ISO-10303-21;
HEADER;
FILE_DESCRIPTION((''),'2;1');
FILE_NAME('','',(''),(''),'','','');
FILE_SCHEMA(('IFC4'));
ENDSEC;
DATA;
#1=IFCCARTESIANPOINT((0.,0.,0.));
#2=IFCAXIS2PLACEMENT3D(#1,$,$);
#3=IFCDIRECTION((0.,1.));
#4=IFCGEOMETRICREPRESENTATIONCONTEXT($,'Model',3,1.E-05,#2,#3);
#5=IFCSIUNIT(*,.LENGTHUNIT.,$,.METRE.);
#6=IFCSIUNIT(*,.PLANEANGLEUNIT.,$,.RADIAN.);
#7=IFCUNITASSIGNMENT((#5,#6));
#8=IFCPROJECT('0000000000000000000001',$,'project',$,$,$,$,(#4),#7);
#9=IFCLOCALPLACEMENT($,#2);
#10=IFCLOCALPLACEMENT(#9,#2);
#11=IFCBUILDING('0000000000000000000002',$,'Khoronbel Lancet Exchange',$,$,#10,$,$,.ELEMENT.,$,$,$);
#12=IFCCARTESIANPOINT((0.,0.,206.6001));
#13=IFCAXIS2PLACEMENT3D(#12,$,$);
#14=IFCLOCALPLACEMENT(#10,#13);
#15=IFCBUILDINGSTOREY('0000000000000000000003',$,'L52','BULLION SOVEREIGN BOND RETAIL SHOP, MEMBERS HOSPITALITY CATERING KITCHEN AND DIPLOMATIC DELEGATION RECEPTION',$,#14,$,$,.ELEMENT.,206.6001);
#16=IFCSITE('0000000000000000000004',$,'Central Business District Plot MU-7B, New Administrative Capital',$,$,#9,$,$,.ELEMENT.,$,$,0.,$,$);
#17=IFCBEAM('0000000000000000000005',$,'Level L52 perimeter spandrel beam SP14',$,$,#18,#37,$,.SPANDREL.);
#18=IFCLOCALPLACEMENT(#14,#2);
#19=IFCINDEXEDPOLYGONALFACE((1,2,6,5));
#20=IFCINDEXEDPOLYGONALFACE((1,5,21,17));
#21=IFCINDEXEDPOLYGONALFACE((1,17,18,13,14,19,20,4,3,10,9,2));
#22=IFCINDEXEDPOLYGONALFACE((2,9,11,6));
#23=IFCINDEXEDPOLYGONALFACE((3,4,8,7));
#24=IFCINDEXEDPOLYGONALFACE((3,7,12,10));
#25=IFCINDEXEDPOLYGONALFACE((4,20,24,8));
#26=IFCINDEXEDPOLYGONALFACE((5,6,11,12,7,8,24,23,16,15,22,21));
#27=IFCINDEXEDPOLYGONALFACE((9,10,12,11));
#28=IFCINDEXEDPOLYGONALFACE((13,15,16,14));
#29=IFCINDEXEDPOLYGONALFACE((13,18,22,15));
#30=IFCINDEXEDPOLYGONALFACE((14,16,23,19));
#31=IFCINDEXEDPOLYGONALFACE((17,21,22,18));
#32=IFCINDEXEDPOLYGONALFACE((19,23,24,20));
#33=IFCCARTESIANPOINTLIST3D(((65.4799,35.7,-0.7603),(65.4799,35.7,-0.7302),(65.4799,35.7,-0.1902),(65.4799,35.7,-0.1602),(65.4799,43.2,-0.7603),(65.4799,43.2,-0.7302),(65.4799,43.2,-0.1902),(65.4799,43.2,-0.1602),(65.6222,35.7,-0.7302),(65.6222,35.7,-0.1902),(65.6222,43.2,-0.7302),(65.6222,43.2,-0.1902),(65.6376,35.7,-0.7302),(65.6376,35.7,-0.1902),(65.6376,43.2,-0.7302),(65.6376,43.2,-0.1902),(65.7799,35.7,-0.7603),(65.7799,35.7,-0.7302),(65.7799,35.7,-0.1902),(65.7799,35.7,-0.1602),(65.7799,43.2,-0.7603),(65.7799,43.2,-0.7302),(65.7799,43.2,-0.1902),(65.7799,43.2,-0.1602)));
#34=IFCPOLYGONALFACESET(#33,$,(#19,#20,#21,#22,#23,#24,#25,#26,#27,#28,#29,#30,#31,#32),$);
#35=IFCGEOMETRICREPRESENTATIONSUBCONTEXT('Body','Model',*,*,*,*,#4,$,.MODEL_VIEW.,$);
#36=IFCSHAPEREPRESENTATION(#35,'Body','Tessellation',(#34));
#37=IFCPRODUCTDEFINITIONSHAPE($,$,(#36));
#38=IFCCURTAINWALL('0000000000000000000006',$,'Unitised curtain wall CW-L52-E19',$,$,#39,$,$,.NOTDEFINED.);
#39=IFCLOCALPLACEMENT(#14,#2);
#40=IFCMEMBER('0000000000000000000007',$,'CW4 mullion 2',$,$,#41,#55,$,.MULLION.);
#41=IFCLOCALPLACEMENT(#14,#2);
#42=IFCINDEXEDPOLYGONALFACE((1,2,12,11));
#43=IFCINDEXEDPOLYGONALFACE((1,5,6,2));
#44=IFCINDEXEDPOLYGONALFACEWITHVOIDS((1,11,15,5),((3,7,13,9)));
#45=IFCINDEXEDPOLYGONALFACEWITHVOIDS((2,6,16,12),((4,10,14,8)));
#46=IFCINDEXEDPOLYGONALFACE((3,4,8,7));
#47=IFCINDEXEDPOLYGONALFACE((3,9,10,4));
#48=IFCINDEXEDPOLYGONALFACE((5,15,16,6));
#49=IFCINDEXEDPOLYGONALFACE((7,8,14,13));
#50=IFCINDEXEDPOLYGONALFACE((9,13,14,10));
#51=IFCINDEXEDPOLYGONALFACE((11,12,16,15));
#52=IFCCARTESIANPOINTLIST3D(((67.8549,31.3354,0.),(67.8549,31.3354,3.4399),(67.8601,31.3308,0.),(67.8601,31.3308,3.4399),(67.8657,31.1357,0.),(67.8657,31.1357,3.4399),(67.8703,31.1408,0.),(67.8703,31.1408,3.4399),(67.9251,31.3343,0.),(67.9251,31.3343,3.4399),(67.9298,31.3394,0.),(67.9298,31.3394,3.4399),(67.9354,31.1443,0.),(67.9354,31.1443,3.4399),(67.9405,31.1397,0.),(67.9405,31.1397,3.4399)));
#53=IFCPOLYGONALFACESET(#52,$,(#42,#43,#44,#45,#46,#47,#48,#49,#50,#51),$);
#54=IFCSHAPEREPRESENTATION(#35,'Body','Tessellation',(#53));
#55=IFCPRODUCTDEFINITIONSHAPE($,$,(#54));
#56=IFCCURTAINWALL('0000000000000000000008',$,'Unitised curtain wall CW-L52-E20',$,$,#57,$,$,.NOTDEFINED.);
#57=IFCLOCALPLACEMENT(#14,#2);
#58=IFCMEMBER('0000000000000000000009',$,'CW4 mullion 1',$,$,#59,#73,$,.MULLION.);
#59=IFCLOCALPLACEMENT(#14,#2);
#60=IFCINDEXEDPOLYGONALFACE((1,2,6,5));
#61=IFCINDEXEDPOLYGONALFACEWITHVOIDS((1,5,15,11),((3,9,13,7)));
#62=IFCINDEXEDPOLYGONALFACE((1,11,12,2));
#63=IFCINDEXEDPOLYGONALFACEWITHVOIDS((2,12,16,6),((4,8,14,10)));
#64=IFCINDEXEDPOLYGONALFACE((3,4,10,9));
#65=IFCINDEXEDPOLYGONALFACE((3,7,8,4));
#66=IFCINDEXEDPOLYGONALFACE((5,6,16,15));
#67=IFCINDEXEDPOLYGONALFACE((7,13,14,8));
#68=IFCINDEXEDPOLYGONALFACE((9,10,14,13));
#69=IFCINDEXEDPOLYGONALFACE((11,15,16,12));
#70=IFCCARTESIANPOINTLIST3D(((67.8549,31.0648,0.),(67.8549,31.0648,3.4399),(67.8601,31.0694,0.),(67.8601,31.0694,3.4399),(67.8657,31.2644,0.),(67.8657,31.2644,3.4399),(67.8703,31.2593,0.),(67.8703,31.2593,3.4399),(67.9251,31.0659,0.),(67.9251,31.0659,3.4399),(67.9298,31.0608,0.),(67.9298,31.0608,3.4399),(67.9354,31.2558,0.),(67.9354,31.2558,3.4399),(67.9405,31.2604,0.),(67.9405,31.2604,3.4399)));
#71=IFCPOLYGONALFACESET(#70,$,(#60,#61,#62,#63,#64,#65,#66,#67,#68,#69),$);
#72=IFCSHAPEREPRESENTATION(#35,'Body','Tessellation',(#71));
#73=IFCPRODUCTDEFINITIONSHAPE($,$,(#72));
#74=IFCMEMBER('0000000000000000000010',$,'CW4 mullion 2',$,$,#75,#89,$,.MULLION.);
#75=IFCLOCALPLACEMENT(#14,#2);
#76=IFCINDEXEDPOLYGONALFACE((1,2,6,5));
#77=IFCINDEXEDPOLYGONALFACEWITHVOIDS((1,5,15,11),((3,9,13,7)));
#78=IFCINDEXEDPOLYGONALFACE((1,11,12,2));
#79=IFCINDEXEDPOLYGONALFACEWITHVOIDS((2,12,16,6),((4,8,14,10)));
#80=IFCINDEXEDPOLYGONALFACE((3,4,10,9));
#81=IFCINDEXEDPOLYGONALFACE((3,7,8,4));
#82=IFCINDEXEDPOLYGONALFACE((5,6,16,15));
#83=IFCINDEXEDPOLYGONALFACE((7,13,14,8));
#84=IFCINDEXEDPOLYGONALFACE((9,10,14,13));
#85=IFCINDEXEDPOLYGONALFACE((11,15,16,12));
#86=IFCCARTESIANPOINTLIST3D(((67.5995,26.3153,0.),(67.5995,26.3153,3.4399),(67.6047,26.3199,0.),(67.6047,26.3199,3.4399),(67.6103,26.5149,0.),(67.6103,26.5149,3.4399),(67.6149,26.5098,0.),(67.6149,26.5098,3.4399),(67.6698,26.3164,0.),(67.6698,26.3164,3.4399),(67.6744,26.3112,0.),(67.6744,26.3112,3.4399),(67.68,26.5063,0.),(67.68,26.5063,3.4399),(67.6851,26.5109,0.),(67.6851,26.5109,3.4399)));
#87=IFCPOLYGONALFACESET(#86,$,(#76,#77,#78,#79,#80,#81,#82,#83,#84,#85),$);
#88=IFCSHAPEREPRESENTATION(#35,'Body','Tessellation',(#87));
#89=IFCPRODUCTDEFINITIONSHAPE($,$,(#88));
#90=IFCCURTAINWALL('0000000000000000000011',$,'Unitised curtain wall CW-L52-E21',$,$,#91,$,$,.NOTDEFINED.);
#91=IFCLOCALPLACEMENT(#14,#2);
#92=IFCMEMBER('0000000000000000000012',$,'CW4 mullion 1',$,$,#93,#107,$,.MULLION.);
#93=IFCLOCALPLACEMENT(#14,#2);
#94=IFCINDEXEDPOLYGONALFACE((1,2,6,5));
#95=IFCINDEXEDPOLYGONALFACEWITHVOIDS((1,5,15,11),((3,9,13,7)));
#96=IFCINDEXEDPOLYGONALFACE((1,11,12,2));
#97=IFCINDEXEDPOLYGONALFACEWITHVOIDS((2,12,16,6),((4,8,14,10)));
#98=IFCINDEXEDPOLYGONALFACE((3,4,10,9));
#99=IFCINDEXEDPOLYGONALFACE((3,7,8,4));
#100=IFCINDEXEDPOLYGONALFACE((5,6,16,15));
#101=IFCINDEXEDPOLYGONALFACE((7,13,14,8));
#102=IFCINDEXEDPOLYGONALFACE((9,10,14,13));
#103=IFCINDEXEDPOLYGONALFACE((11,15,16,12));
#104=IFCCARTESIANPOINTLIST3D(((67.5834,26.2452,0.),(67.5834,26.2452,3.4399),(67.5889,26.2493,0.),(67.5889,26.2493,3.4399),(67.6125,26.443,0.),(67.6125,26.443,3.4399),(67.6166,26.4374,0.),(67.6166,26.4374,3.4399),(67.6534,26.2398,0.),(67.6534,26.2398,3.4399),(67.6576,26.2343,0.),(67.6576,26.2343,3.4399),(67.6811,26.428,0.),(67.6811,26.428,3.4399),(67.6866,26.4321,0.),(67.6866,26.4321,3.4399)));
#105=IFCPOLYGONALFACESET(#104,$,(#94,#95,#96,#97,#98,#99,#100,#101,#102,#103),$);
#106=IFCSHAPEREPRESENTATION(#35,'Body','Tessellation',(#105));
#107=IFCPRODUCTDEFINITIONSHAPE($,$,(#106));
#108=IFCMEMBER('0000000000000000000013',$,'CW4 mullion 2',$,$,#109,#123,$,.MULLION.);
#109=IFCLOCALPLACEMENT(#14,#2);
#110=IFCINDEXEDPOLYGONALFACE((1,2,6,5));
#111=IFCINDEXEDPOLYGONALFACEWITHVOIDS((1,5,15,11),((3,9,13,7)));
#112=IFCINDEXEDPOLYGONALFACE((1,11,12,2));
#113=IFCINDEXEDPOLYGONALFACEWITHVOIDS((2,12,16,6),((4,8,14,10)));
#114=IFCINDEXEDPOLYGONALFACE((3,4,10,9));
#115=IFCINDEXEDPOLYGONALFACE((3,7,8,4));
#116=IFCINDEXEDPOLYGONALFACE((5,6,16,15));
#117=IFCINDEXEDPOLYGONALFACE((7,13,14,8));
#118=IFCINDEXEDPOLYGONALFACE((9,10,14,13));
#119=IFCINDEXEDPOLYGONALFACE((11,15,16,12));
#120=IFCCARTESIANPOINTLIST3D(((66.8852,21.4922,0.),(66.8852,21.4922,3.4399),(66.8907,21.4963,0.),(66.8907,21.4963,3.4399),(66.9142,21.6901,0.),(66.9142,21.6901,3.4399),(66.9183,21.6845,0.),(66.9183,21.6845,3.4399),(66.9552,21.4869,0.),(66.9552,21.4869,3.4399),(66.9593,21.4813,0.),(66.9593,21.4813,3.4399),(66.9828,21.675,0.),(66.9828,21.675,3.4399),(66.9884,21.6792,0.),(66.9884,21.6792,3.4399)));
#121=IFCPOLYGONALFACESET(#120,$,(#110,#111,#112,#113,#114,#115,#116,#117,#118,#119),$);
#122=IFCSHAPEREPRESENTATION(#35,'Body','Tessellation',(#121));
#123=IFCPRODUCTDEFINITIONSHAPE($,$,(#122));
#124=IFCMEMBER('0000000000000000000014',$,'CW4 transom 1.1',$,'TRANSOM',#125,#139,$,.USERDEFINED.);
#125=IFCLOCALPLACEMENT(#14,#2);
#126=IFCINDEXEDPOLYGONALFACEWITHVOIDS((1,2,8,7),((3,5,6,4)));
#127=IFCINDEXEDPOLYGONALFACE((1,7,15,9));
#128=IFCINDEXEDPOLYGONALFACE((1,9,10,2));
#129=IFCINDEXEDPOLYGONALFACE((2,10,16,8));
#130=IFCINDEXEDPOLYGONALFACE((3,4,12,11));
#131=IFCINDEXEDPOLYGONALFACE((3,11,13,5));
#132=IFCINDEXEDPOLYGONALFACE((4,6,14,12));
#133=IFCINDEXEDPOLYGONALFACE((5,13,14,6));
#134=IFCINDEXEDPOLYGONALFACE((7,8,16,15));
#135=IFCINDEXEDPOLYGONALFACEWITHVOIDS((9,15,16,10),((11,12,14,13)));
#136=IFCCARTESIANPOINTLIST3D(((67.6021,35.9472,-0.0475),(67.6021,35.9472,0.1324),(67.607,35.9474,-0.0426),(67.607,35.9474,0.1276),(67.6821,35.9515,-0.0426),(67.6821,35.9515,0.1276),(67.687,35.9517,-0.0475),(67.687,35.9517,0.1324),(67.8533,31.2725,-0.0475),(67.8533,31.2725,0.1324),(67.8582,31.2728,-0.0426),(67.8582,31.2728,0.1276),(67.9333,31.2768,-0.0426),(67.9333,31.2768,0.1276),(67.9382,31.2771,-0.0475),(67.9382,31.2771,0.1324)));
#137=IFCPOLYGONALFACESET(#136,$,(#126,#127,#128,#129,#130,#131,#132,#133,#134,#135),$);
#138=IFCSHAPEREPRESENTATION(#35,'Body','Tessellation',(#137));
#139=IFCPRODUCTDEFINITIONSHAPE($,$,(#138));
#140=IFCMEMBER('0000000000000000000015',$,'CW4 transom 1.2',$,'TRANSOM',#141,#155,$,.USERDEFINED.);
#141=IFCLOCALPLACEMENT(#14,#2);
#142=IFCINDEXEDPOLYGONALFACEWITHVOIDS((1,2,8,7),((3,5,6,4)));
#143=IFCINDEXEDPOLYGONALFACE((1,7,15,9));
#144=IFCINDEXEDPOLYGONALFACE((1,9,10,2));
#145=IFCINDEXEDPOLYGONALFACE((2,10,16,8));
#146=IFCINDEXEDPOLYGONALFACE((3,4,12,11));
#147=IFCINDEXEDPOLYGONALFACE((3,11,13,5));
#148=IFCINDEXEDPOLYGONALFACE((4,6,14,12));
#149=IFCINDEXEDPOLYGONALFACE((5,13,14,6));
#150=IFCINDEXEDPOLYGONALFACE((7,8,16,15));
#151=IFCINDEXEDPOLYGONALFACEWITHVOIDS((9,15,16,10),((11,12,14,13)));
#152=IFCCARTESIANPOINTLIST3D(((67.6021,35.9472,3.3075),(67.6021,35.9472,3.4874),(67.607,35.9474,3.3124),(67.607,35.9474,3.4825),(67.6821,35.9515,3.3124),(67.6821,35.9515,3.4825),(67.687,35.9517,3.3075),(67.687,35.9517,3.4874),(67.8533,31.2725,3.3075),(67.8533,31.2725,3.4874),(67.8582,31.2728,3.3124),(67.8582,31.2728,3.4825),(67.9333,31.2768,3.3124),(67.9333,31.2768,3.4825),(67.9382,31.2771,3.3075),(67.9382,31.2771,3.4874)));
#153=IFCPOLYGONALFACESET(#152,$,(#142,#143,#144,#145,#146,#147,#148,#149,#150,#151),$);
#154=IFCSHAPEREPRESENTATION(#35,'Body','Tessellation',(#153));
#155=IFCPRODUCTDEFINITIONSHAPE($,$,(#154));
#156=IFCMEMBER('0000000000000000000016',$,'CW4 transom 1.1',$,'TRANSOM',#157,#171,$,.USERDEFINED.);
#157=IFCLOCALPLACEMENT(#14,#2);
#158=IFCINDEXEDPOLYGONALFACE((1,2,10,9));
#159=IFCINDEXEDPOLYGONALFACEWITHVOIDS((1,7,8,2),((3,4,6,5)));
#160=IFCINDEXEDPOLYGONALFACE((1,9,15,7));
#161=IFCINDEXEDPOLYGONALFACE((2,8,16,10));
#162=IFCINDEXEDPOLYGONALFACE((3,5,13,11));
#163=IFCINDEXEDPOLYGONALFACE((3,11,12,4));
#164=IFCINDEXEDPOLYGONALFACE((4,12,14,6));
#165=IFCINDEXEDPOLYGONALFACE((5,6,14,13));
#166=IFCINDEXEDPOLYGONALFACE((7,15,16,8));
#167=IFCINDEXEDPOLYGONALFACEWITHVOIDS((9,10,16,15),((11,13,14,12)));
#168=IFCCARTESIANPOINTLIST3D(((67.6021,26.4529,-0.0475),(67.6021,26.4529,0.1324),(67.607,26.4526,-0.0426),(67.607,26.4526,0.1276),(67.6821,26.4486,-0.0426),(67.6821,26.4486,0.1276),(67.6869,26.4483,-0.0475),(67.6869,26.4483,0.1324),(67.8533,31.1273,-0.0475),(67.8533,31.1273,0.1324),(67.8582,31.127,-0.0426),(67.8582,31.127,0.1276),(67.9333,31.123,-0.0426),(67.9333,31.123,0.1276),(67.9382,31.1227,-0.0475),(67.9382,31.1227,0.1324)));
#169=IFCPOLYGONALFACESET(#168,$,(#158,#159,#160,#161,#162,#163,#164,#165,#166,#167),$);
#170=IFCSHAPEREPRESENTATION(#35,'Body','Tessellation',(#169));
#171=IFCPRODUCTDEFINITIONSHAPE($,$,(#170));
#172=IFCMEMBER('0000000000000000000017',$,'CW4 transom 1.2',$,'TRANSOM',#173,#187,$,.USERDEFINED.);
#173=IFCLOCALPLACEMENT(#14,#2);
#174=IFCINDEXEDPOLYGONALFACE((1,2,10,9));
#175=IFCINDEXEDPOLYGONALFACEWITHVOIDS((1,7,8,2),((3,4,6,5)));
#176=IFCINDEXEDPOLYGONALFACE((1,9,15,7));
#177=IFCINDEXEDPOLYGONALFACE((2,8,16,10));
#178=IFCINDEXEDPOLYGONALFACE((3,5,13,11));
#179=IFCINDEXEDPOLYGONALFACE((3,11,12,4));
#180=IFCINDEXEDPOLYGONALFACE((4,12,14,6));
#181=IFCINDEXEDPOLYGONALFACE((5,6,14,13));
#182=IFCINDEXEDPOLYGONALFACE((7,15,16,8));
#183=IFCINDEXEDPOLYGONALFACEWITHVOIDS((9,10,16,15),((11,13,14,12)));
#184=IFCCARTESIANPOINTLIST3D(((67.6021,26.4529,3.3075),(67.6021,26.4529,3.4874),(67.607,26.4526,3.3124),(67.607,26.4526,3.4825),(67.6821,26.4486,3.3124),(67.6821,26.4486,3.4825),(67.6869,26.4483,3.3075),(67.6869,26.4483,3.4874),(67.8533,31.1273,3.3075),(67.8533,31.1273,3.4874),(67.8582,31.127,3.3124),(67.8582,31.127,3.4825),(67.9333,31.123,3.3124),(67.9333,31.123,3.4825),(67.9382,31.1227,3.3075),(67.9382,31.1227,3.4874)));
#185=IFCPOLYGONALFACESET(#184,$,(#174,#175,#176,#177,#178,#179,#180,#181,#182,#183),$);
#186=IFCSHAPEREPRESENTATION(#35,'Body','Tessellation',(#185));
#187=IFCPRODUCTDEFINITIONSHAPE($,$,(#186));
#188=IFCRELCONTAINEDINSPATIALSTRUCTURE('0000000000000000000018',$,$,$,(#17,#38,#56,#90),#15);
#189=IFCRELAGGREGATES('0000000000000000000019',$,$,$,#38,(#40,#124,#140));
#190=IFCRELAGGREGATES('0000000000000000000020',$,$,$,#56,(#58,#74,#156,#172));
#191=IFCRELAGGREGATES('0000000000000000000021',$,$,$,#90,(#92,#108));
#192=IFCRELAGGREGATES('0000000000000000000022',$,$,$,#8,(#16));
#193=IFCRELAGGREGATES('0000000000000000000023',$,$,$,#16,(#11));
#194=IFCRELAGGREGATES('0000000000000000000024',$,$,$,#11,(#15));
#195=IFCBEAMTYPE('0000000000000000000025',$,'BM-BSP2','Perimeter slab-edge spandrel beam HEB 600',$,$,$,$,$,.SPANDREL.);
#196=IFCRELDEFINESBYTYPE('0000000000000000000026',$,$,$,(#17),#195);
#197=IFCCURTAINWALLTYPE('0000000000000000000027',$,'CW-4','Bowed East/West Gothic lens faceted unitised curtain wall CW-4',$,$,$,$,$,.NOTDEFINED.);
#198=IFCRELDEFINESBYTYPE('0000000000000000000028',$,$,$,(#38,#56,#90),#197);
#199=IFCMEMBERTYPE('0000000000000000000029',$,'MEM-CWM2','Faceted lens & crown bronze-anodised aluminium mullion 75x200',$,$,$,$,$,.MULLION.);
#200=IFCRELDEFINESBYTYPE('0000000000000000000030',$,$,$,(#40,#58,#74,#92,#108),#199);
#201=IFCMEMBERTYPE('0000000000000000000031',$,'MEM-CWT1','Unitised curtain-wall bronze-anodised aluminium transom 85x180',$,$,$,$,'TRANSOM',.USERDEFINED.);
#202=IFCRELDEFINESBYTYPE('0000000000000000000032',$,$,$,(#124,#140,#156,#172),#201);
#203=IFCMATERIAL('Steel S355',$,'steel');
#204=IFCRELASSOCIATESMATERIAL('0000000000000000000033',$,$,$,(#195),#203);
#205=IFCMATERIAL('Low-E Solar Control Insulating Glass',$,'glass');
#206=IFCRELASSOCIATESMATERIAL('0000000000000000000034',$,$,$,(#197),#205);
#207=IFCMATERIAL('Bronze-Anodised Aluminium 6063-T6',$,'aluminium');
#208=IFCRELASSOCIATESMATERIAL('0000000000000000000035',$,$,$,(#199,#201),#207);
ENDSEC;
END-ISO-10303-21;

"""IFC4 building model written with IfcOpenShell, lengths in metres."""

from ifc_helpers import new_model, si_unit, direction, frame, origin, origin_2d, place, context, subcontext, project, spatial, hollow_rectangle, i_section, extrude, material, material_profile, profile_set, type_object, element, aggregate, save


model = new_model("IFC4")

# Units and contexts
model_context = context("Model", 3, precision=1e-05, world=origin(), true_north=direction((0.0, 1.0)))
body_context = subcontext(model_context, "Body", "Model", "MODEL_VIEW")
ifc_project = project(units=[si_unit("LENGTHUNIT", "METRE"), si_unit("PLANEANGLEUNIT", "RADIAN")], contexts=[model_context])

# Site, building, storey
site_placement = place(None, origin())
site = spatial("IfcSite", under=ifc_project, at=site_placement, Name="Central Business District Plot MU-7B, New Administrative Capital", CompositionType="ELEMENT", RefElevation=0.0)
building_placement = place(site_placement, origin())
building = spatial("IfcBuilding", under=site, at=building_placement, Name="Khoronbel Lancet Exchange", CompositionType="ELEMENT")
storey_placement = place(building_placement, frame((0.0, 0.0, 206.6001)))
storey = spatial("IfcBuildingStorey", under=building, at=storey_placement, Name="L52", Description="BULLION SOVEREIGN BOND RETAIL SHOP, MEMBERS HOSPITALITY CATERING KITCHEN AND DIPLOMATIC DELEGATION RECEPTION", CompositionType="ELEMENT", Elevation=206.6001)

# Shared definitions
ifc_material_1 = material(Name="Steel S355", Category="steel")

# Beam
ifc_material_profile_1 = material_profile(ifc_material_1, i_section(OverallWidth=0.3, OverallDepth=0.6001, WebThickness=0.0154, FlangeThickness=0.03, at=origin_2d()), Name="HEB 600")
ifc_profile_set_1 = profile_set([ifc_material_profile_1], Name="Steel S355")
beam_type_1 = type_object("IfcBeamType", Name="BM-BSP2", Description="Perimeter slab-edge spandrel beam HEB 600", PredefinedType="SPANDREL", material=ifc_profile_set_1)
beam_1_placement = place(storey_placement, frame((65.6299, 35.7, -0.4602), z_axis=(0.0, 1.0, 0.0), x_axis=(-1.0, 0.0, 0.0)))
element("IfcBeam", 1, at=beam_1_placement, inside=storey, type_object=beam_type_1, Name="Level L52 perimeter spandrel beam SP14", PredefinedType="SPANDREL", context=body_context, shape_type="SweptSolid", body=[
    extrude(i_section(OverallWidth=0.3, OverallDepth=0.6001, WebThickness=0.0154, FlangeThickness=0.03, at=origin_2d()), origin(), (0.0, 0.0, 1.0), 7.5),
])

# Curtain wall, member
ifc_material_2 = material(Name="Low-E Solar Control Insulating Glass", Category="glass")
curtain_wall_type = type_object("IfcCurtainWallType", Name="CW-4", Description="Bowed East/West Gothic lens faceted unitised curtain wall CW-4", PredefinedType="NOTDEFINED", material=ifc_material_2)
curtain_wall_1_placement = place(storey_placement, origin())
curtain_wall_1 = element("IfcCurtainWall", 2, at=curtain_wall_1_placement, inside=storey, type_object=curtain_wall_type, Name="Unitised curtain wall CW-L52-E19", PredefinedType="NOTDEFINED")
ifc_material_3 = material(Name="Bronze-Anodised Aluminium 6063-T6", Category="aluminium")
ifc_material_profile_2 = material_profile(ifc_material_3, hollow_rectangle(XDim=0.075, YDim=0.2, WallThickness=0.0049, at=origin_2d()), Name="ALU MULLION 75x200")
ifc_profile_set_2 = profile_set([ifc_material_profile_2], Name="Bronze-Anodised Aluminium 6063-T6")
member_type_1 = type_object("IfcMemberType", Name="MEM-CWM2", Description="Faceted lens & crown bronze-anodised aluminium mullion 75x200", PredefinedType="MULLION", material=ifc_profile_set_2)
member_1_placement = place(storey_placement, frame((67.8977, 31.2375, 0.0), z_axis=(0.0, 0.0, 1.0), x_axis=(0.998558, 0.053692, 0.0)))
member_1 = element("IfcMember", 3, at=member_1_placement, type_object=member_type_1, Name="CW4 mullion 2", PredefinedType="MULLION", context=body_context, shape_type="SweptSolid", body=[
    extrude(hollow_rectangle(XDim=0.075, YDim=0.2, WallThickness=0.0049, at=origin_2d()), origin(), (0.0, 0.0, 1.0), 3.4399),
])

# Curtain walls, members
curtain_wall_2_placement = place(storey_placement, origin())
curtain_wall_2 = element("IfcCurtainWall", 4, at=curtain_wall_2_placement, inside=storey, type_object=curtain_wall_type, Name="Unitised curtain wall CW-L52-E20", PredefinedType="NOTDEFINED")
member_2_placement = place(storey_placement, frame((67.8977, 31.1626, 0.0), z_axis=(0.0, 0.0, 1.0), x_axis=(0.998558, -0.053692, 0.0)))
member_2 = element("IfcMember", 5, at=member_2_placement, type_object=member_type_1, Name="CW4 mullion 1", PredefinedType="MULLION", context=body_context, shape_type="SweptSolid", body=[
    extrude(hollow_rectangle(XDim=0.075, YDim=0.2, WallThickness=0.0049, at=origin_2d()), origin(), (0.0, 0.0, 1.0), 3.4399),
])
member_3_placement = place(storey_placement, frame((67.6423, 26.4131, 0.0), z_axis=(0.0, 0.0, 1.0), x_axis=(0.998558, -0.053692, 0.0)))
member_3 = element("IfcMember", 6, at=member_3_placement, type_object=member_type_1, Name="CW4 mullion 2", PredefinedType="MULLION", context=body_context, shape_type="SweptSolid", body=[
    extrude(hollow_rectangle(XDim=0.075, YDim=0.2, WallThickness=0.0049, at=origin_2d()), origin(), (0.0, 0.0, 1.0), 3.4399),
])
curtain_wall_3_placement = place(storey_placement, origin())
curtain_wall_3 = element("IfcCurtainWall", 7, at=curtain_wall_3_placement, inside=storey, type_object=curtain_wall_type, Name="Unitised curtain wall CW-L52-E21", PredefinedType="NOTDEFINED")
member_4_placement = place(storey_placement, frame((67.635, 26.3386, 0.0), z_axis=(0.0, 0.0, 1.0), x_axis=(0.989378, -0.145363, 0.0)))
member_4 = element("IfcMember", 8, at=member_4_placement, type_object=member_type_1, Name="CW4 mullion 1", PredefinedType="MULLION", context=body_context, shape_type="SweptSolid", body=[
    extrude(hollow_rectangle(XDim=0.075, YDim=0.2, WallThickness=0.0049, at=origin_2d()), origin(), (0.0, 0.0, 1.0), 3.4399),
])
member_5_placement = place(storey_placement, frame((66.9368, 21.5857, 0.0), z_axis=(0.0, 0.0, 1.0), x_axis=(0.989378, -0.145363, 0.0)))
member_5 = element("IfcMember", 9, at=member_5_placement, type_object=member_type_1, Name="CW4 mullion 2", PredefinedType="MULLION", context=body_context, shape_type="SweptSolid", body=[
    extrude(hollow_rectangle(XDim=0.075, YDim=0.2, WallThickness=0.0049, at=origin_2d()), origin(), (0.0, 0.0, 1.0), 3.4399),
])

# Members
ifc_material_profile_3 = material_profile(ifc_material_3, hollow_rectangle(XDim=0.085, YDim=0.1799, WallThickness=0.0049, at=origin_2d()), Name="ALU TRANSOM 85x180")
ifc_profile_set_3 = profile_set([ifc_material_profile_3], Name="Bronze-Anodised Aluminium 6063-T6")
member_type_2 = type_object("IfcMemberType", Name="MEM-CWT1", Description="Unitised curtain-wall bronze-anodised aluminium transom 85x180", ElementType="TRANSOM", PredefinedType="USERDEFINED", material=ifc_profile_set_3)
member_6_placement = place(storey_placement, frame((67.6445, 35.9495, 0.0425), z_axis=(0.053665, -0.998559, 0.0), x_axis=(0.998559, 0.053665, 0.0)))
member_6 = element("IfcMember", 10, at=member_6_placement, type_object=member_type_2, Name="CW4 transom 1.1", ObjectType="TRANSOM", PredefinedType="USERDEFINED", context=body_context, shape_type="SweptSolid", body=[
    extrude(hollow_rectangle(XDim=0.085, YDim=0.1799, WallThickness=0.0049, at=origin_2d()), origin(), (0.0, 0.0, 1.0), 4.6814),
])
member_7_placement = place(storey_placement, frame((67.6445, 35.9495, 3.3975), z_axis=(0.053665, -0.998559, 0.0), x_axis=(0.998559, 0.053665, 0.0)))
member_7 = element("IfcMember", 11, at=member_7_placement, type_object=member_type_2, Name="CW4 transom 1.2", ObjectType="TRANSOM", PredefinedType="USERDEFINED", context=body_context, shape_type="SweptSolid", body=[
    extrude(hollow_rectangle(XDim=0.085, YDim=0.1799, WallThickness=0.0049, at=origin_2d()), origin(), (0.0, 0.0, 1.0), 4.6814),
])
member_8_placement = place(storey_placement, frame((67.8958, 31.125, 0.0425), z_axis=(-0.053667, -0.998559, 0.0), x_axis=(0.998559, -0.053667, 0.0)))
member_8 = element("IfcMember", 12, at=member_8_placement, type_object=member_type_2, Name="CW4 transom 1.1", ObjectType="TRANSOM", PredefinedType="USERDEFINED", context=body_context, shape_type="SweptSolid", body=[
    extrude(hollow_rectangle(XDim=0.085, YDim=0.1799, WallThickness=0.0049, at=origin_2d()), origin(), (0.0, 0.0, 1.0), 4.6812),
])
member_9_placement = place(storey_placement, frame((67.8958, 31.125, 3.3975), z_axis=(-0.053667, -0.998559, 0.0), x_axis=(0.998559, -0.053667, 0.0)))
member_9 = element("IfcMember", 13, at=member_9_placement, type_object=member_type_2, Name="CW4 transom 1.2", ObjectType="TRANSOM", PredefinedType="USERDEFINED", context=body_context, shape_type="SweptSolid", body=[
    extrude(hollow_rectangle(XDim=0.085, YDim=0.1799, WallThickness=0.0049, at=origin_2d()), origin(), (0.0, 0.0, 1.0), 4.6812),
])

aggregate(curtain_wall_1, [member_1, member_6, member_7])
aggregate(curtain_wall_2, [member_2, member_3, member_8, member_9])
aggregate(curtain_wall_3, [member_4, member_5])

save(model, "model.ifc")
